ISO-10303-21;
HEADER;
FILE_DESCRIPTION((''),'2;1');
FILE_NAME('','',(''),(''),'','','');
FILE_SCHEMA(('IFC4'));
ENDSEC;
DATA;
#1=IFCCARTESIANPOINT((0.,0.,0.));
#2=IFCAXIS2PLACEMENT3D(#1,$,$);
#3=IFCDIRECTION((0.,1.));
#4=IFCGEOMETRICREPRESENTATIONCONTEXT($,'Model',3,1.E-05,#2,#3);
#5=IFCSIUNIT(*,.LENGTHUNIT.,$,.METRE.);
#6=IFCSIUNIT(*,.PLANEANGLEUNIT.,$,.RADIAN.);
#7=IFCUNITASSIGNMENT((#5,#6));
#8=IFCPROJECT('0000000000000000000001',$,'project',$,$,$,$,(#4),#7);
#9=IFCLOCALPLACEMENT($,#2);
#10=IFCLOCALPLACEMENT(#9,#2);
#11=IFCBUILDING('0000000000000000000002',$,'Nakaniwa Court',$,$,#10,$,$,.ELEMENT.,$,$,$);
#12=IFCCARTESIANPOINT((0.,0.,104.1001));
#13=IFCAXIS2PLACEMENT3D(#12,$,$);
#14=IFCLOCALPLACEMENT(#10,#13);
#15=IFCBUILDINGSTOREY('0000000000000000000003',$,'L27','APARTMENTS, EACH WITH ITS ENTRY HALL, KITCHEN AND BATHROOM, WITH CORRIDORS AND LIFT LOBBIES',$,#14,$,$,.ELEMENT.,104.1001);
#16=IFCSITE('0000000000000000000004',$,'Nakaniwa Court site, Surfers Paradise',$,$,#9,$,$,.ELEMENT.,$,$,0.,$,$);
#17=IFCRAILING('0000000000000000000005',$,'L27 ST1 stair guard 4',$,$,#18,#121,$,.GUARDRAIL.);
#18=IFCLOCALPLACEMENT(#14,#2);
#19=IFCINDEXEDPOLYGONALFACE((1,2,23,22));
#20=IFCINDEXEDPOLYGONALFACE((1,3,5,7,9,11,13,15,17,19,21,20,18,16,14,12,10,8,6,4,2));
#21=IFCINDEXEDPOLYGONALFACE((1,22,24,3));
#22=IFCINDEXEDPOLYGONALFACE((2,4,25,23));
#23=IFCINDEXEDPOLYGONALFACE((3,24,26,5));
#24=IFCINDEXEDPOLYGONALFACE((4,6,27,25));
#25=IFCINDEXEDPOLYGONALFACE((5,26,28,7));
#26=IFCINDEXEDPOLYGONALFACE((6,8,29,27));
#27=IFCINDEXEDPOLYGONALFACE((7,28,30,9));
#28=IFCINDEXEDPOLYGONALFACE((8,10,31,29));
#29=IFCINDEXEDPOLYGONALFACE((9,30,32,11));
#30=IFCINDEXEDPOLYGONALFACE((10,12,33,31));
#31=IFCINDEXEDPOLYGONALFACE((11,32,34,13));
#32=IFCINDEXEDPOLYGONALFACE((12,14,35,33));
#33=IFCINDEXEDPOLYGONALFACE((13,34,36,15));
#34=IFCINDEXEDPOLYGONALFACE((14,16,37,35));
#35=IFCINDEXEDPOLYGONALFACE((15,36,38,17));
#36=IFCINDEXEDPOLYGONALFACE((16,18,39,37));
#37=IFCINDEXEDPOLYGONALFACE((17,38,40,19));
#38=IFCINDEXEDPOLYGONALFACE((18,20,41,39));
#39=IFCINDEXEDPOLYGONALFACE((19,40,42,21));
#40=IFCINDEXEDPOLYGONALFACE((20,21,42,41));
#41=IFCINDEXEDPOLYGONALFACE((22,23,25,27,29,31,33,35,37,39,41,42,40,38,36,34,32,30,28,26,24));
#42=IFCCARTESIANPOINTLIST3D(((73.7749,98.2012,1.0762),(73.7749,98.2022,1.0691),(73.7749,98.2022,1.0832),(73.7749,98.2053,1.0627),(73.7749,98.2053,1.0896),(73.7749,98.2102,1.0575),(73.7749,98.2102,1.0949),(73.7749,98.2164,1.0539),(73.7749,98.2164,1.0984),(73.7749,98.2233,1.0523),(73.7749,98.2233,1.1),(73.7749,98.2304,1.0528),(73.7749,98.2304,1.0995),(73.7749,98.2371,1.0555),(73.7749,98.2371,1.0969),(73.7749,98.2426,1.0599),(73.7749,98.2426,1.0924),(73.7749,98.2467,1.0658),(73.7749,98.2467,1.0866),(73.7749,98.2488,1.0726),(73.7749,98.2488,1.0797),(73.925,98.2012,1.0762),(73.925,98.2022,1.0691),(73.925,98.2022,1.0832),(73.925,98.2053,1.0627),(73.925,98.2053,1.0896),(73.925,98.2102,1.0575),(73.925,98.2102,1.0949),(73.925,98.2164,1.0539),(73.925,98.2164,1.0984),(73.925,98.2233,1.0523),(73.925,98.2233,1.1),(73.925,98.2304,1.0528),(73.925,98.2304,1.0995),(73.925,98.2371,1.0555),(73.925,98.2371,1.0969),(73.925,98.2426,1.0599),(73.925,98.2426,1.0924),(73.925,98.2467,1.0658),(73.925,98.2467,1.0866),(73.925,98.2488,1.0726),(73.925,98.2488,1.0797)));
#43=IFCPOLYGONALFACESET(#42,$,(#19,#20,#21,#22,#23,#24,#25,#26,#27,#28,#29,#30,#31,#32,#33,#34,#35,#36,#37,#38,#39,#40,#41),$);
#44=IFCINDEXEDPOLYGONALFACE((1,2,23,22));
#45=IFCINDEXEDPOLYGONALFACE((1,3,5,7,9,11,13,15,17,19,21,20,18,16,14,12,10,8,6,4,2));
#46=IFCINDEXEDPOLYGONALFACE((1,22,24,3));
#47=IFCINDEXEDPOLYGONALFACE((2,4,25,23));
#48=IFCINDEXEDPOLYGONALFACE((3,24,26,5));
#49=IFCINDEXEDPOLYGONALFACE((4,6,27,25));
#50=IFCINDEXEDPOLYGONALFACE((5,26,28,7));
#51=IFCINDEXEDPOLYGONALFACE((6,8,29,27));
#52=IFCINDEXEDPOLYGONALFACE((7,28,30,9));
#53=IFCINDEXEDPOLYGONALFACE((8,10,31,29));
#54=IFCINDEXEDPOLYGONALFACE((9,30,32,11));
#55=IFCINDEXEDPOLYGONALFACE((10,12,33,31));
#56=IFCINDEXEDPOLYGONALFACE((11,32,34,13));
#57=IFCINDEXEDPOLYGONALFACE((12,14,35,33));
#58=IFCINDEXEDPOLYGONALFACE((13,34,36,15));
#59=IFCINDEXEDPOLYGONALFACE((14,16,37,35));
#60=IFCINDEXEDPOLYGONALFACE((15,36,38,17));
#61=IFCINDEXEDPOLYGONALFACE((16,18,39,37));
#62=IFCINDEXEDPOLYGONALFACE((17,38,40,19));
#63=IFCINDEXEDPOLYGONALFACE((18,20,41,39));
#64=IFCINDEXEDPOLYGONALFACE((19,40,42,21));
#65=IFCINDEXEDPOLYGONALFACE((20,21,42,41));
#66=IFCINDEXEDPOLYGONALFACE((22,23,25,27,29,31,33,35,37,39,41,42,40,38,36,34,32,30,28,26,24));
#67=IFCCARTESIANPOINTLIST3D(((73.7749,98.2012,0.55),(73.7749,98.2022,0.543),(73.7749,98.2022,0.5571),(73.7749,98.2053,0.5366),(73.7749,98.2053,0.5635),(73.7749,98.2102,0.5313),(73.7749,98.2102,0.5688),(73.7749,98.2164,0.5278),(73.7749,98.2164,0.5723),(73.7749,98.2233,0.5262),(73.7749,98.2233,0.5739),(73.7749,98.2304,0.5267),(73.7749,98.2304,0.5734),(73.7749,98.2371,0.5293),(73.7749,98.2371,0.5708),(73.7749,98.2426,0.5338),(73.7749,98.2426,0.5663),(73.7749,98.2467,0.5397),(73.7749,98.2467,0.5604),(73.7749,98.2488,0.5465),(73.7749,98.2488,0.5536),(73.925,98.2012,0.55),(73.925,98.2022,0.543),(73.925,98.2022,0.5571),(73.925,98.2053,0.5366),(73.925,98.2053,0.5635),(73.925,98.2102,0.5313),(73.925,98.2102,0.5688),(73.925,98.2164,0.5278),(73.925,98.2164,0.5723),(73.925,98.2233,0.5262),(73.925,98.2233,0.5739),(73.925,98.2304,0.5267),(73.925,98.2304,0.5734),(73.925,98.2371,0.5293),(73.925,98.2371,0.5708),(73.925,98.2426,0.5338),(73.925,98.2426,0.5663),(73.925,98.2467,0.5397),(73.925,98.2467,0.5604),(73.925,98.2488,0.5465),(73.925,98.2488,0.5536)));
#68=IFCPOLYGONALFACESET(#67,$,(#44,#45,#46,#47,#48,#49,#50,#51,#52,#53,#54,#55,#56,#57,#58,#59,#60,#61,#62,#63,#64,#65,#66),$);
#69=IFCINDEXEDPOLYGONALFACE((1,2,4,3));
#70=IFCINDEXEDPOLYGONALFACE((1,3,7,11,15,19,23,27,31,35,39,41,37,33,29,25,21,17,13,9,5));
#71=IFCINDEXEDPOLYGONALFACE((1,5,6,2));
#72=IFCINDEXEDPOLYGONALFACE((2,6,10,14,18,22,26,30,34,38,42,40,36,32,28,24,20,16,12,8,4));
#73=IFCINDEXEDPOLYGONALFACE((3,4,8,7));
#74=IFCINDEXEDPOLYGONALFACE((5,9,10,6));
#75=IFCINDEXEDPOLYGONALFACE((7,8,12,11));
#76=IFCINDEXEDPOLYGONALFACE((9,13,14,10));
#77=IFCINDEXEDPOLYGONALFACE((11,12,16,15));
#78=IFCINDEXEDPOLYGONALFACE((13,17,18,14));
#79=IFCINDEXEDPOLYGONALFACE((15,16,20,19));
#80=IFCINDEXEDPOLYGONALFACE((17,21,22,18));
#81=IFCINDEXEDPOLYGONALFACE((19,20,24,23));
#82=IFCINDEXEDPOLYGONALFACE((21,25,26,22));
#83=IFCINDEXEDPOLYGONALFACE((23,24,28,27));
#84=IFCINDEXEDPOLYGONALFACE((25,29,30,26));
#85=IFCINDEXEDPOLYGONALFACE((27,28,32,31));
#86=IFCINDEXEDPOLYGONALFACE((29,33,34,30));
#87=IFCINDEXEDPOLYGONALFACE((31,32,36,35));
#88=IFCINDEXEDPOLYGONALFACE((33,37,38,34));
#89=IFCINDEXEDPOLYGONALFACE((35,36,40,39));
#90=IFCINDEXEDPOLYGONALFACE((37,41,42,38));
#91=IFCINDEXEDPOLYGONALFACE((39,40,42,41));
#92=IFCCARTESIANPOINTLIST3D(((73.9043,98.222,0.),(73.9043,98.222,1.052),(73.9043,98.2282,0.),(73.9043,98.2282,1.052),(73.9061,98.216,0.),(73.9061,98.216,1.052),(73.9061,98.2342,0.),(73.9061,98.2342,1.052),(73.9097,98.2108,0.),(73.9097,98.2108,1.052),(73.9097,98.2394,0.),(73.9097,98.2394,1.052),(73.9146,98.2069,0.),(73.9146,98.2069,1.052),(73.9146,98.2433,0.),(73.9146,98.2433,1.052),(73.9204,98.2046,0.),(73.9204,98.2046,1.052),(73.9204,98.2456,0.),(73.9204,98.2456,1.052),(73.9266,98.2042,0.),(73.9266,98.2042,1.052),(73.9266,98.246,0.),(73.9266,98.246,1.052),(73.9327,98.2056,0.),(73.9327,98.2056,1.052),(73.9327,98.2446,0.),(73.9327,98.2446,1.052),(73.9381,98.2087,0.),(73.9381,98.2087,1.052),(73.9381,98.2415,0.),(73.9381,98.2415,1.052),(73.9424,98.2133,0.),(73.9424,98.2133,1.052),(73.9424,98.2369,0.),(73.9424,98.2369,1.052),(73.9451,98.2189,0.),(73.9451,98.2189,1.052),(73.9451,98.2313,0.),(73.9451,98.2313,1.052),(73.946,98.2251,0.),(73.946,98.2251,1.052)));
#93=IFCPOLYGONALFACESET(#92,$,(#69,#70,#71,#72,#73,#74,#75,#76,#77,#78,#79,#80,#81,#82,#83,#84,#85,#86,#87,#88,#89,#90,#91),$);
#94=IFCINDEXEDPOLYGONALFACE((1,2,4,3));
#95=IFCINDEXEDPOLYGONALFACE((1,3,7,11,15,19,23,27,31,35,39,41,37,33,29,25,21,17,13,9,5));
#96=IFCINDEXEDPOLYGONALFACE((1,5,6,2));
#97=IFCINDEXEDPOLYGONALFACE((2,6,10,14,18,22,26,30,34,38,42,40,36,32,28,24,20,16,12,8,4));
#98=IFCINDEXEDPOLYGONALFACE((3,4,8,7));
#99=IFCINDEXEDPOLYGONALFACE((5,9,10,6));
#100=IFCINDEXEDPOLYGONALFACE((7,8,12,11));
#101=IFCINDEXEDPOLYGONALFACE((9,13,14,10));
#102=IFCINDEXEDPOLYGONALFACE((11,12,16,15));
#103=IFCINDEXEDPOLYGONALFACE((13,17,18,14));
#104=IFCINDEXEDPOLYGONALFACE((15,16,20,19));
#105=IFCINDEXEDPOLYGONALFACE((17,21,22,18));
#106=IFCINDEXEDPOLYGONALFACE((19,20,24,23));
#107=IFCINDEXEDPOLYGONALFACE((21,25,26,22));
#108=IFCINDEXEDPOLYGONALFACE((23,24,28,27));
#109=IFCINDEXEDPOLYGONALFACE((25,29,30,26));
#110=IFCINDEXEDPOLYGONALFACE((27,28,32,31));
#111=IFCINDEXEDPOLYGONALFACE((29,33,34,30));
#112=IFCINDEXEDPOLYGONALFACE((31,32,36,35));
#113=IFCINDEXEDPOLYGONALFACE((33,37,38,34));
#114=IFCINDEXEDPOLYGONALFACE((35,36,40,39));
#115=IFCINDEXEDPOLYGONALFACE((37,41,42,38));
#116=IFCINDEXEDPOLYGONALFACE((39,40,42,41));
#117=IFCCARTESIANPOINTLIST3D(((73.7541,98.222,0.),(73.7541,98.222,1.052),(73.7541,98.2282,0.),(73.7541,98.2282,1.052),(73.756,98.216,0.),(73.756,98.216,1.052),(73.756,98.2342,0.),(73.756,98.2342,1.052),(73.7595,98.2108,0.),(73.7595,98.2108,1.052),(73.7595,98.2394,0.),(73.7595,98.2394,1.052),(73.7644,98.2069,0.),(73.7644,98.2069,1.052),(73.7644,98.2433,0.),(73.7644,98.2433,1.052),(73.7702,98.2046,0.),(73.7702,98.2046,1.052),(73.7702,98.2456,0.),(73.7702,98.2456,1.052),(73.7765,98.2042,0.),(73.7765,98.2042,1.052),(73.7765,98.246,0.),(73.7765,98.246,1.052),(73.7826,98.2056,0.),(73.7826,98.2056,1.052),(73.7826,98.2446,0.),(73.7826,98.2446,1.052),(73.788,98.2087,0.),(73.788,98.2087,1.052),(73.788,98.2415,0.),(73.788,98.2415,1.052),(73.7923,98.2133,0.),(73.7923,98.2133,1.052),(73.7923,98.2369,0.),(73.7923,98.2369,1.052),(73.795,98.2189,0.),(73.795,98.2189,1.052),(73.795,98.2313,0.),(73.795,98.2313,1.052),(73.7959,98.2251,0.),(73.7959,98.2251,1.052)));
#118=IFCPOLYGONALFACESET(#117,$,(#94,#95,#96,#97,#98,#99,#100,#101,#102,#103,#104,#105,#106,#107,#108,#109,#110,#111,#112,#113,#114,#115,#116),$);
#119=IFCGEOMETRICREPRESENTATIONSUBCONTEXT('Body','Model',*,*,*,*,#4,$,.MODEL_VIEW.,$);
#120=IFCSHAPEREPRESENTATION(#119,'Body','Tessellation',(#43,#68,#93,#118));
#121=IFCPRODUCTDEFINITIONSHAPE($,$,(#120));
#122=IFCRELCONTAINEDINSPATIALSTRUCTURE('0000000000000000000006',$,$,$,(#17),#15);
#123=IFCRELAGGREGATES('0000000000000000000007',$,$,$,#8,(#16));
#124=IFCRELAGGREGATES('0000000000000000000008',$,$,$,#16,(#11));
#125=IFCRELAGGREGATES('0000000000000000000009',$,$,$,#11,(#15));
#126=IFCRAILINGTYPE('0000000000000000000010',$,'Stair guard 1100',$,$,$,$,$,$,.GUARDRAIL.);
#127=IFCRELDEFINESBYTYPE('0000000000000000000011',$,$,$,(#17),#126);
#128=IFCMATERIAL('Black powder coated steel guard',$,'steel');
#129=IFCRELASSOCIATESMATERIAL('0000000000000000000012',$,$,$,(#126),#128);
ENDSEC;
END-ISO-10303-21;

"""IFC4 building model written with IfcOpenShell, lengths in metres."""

from ifc_helpers import new_model, si_unit, direction, frame, origin, origin_2d, place, context, subcontext, project, spatial, circle, extrude, material, type_object, element, save


model = new_model("IFC4")

# Units and contexts
model_context = context("Model", 3, precision=1e-05, world=origin(), true_north=direction((0.0, 1.0)))
body_context = subcontext(model_context, "Body", "Model", "MODEL_VIEW")
ifc_project = project(units=[si_unit("LENGTHUNIT", "METRE"), si_unit("PLANEANGLEUNIT", "RADIAN")], contexts=[model_context])

# Site, building, storey
site_placement = place(None, origin())
site = spatial("IfcSite", under=ifc_project, at=site_placement, Name="Nakaniwa Court site, Surfers Paradise", CompositionType="ELEMENT", RefElevation=0.0)
building_placement = place(site_placement, origin())
building = spatial("IfcBuilding", under=site, at=building_placement, Name="Nakaniwa Court", CompositionType="ELEMENT")
storey_placement = place(building_placement, frame((0.0, 0.0, 104.1001)))
storey = spatial("IfcBuildingStorey", under=building, at=storey_placement, Name="L27", Description="APARTMENTS, EACH WITH ITS ENTRY HALL, KITCHEN AND BATHROOM, WITH CORRIDORS AND LIFT LOBBIES", CompositionType="ELEMENT", Elevation=104.1001)

# Railing
ifc_material_1 = material(Name="Black powder coated steel guard", Category="steel")
railing_type_1 = type_object("IfcRailingType", Name="Stair guard 1100", PredefinedType="GUARDRAIL", material=ifc_material_1)
railing_1_placement = place(storey_placement, frame((73.925, 98.2251, 0.0)))
element("IfcRailing", 1, at=railing_1_placement, inside=storey, type_object=railing_type_1, Name="L27 ST1 stair guard 4", PredefinedType="GUARDRAIL", context=body_context, shape_type="SweptSolid", body=[
    extrude(circle(Radius=0.0239, at=origin_2d()), frame((0.0, 0.0, 1.0762), z_axis=(-1.0, 0.0, 0.0), x_axis=(0.0, -1.0, 0.0)), (0.0, 0.0, 1.0), 0.1501),
    extrude(circle(Radius=0.0239, at=origin_2d()), frame((0.0, 0.0, 0.55), z_axis=(-1.0, 0.0, 0.0), x_axis=(0.0, -1.0, 0.0)), (0.0, 0.0, 1.0), 0.1501),
    extrude(circle(Radius=0.021, at=origin_2d()), origin(), (0.0, 0.0, 1.0), 1.052),
    extrude(circle(Radius=0.021, at=origin_2d()), frame((-0.1501, 0.0, 0.0)), (0.0, 0.0, 1.0), 1.052),
])

save(model, "model.ifc")
